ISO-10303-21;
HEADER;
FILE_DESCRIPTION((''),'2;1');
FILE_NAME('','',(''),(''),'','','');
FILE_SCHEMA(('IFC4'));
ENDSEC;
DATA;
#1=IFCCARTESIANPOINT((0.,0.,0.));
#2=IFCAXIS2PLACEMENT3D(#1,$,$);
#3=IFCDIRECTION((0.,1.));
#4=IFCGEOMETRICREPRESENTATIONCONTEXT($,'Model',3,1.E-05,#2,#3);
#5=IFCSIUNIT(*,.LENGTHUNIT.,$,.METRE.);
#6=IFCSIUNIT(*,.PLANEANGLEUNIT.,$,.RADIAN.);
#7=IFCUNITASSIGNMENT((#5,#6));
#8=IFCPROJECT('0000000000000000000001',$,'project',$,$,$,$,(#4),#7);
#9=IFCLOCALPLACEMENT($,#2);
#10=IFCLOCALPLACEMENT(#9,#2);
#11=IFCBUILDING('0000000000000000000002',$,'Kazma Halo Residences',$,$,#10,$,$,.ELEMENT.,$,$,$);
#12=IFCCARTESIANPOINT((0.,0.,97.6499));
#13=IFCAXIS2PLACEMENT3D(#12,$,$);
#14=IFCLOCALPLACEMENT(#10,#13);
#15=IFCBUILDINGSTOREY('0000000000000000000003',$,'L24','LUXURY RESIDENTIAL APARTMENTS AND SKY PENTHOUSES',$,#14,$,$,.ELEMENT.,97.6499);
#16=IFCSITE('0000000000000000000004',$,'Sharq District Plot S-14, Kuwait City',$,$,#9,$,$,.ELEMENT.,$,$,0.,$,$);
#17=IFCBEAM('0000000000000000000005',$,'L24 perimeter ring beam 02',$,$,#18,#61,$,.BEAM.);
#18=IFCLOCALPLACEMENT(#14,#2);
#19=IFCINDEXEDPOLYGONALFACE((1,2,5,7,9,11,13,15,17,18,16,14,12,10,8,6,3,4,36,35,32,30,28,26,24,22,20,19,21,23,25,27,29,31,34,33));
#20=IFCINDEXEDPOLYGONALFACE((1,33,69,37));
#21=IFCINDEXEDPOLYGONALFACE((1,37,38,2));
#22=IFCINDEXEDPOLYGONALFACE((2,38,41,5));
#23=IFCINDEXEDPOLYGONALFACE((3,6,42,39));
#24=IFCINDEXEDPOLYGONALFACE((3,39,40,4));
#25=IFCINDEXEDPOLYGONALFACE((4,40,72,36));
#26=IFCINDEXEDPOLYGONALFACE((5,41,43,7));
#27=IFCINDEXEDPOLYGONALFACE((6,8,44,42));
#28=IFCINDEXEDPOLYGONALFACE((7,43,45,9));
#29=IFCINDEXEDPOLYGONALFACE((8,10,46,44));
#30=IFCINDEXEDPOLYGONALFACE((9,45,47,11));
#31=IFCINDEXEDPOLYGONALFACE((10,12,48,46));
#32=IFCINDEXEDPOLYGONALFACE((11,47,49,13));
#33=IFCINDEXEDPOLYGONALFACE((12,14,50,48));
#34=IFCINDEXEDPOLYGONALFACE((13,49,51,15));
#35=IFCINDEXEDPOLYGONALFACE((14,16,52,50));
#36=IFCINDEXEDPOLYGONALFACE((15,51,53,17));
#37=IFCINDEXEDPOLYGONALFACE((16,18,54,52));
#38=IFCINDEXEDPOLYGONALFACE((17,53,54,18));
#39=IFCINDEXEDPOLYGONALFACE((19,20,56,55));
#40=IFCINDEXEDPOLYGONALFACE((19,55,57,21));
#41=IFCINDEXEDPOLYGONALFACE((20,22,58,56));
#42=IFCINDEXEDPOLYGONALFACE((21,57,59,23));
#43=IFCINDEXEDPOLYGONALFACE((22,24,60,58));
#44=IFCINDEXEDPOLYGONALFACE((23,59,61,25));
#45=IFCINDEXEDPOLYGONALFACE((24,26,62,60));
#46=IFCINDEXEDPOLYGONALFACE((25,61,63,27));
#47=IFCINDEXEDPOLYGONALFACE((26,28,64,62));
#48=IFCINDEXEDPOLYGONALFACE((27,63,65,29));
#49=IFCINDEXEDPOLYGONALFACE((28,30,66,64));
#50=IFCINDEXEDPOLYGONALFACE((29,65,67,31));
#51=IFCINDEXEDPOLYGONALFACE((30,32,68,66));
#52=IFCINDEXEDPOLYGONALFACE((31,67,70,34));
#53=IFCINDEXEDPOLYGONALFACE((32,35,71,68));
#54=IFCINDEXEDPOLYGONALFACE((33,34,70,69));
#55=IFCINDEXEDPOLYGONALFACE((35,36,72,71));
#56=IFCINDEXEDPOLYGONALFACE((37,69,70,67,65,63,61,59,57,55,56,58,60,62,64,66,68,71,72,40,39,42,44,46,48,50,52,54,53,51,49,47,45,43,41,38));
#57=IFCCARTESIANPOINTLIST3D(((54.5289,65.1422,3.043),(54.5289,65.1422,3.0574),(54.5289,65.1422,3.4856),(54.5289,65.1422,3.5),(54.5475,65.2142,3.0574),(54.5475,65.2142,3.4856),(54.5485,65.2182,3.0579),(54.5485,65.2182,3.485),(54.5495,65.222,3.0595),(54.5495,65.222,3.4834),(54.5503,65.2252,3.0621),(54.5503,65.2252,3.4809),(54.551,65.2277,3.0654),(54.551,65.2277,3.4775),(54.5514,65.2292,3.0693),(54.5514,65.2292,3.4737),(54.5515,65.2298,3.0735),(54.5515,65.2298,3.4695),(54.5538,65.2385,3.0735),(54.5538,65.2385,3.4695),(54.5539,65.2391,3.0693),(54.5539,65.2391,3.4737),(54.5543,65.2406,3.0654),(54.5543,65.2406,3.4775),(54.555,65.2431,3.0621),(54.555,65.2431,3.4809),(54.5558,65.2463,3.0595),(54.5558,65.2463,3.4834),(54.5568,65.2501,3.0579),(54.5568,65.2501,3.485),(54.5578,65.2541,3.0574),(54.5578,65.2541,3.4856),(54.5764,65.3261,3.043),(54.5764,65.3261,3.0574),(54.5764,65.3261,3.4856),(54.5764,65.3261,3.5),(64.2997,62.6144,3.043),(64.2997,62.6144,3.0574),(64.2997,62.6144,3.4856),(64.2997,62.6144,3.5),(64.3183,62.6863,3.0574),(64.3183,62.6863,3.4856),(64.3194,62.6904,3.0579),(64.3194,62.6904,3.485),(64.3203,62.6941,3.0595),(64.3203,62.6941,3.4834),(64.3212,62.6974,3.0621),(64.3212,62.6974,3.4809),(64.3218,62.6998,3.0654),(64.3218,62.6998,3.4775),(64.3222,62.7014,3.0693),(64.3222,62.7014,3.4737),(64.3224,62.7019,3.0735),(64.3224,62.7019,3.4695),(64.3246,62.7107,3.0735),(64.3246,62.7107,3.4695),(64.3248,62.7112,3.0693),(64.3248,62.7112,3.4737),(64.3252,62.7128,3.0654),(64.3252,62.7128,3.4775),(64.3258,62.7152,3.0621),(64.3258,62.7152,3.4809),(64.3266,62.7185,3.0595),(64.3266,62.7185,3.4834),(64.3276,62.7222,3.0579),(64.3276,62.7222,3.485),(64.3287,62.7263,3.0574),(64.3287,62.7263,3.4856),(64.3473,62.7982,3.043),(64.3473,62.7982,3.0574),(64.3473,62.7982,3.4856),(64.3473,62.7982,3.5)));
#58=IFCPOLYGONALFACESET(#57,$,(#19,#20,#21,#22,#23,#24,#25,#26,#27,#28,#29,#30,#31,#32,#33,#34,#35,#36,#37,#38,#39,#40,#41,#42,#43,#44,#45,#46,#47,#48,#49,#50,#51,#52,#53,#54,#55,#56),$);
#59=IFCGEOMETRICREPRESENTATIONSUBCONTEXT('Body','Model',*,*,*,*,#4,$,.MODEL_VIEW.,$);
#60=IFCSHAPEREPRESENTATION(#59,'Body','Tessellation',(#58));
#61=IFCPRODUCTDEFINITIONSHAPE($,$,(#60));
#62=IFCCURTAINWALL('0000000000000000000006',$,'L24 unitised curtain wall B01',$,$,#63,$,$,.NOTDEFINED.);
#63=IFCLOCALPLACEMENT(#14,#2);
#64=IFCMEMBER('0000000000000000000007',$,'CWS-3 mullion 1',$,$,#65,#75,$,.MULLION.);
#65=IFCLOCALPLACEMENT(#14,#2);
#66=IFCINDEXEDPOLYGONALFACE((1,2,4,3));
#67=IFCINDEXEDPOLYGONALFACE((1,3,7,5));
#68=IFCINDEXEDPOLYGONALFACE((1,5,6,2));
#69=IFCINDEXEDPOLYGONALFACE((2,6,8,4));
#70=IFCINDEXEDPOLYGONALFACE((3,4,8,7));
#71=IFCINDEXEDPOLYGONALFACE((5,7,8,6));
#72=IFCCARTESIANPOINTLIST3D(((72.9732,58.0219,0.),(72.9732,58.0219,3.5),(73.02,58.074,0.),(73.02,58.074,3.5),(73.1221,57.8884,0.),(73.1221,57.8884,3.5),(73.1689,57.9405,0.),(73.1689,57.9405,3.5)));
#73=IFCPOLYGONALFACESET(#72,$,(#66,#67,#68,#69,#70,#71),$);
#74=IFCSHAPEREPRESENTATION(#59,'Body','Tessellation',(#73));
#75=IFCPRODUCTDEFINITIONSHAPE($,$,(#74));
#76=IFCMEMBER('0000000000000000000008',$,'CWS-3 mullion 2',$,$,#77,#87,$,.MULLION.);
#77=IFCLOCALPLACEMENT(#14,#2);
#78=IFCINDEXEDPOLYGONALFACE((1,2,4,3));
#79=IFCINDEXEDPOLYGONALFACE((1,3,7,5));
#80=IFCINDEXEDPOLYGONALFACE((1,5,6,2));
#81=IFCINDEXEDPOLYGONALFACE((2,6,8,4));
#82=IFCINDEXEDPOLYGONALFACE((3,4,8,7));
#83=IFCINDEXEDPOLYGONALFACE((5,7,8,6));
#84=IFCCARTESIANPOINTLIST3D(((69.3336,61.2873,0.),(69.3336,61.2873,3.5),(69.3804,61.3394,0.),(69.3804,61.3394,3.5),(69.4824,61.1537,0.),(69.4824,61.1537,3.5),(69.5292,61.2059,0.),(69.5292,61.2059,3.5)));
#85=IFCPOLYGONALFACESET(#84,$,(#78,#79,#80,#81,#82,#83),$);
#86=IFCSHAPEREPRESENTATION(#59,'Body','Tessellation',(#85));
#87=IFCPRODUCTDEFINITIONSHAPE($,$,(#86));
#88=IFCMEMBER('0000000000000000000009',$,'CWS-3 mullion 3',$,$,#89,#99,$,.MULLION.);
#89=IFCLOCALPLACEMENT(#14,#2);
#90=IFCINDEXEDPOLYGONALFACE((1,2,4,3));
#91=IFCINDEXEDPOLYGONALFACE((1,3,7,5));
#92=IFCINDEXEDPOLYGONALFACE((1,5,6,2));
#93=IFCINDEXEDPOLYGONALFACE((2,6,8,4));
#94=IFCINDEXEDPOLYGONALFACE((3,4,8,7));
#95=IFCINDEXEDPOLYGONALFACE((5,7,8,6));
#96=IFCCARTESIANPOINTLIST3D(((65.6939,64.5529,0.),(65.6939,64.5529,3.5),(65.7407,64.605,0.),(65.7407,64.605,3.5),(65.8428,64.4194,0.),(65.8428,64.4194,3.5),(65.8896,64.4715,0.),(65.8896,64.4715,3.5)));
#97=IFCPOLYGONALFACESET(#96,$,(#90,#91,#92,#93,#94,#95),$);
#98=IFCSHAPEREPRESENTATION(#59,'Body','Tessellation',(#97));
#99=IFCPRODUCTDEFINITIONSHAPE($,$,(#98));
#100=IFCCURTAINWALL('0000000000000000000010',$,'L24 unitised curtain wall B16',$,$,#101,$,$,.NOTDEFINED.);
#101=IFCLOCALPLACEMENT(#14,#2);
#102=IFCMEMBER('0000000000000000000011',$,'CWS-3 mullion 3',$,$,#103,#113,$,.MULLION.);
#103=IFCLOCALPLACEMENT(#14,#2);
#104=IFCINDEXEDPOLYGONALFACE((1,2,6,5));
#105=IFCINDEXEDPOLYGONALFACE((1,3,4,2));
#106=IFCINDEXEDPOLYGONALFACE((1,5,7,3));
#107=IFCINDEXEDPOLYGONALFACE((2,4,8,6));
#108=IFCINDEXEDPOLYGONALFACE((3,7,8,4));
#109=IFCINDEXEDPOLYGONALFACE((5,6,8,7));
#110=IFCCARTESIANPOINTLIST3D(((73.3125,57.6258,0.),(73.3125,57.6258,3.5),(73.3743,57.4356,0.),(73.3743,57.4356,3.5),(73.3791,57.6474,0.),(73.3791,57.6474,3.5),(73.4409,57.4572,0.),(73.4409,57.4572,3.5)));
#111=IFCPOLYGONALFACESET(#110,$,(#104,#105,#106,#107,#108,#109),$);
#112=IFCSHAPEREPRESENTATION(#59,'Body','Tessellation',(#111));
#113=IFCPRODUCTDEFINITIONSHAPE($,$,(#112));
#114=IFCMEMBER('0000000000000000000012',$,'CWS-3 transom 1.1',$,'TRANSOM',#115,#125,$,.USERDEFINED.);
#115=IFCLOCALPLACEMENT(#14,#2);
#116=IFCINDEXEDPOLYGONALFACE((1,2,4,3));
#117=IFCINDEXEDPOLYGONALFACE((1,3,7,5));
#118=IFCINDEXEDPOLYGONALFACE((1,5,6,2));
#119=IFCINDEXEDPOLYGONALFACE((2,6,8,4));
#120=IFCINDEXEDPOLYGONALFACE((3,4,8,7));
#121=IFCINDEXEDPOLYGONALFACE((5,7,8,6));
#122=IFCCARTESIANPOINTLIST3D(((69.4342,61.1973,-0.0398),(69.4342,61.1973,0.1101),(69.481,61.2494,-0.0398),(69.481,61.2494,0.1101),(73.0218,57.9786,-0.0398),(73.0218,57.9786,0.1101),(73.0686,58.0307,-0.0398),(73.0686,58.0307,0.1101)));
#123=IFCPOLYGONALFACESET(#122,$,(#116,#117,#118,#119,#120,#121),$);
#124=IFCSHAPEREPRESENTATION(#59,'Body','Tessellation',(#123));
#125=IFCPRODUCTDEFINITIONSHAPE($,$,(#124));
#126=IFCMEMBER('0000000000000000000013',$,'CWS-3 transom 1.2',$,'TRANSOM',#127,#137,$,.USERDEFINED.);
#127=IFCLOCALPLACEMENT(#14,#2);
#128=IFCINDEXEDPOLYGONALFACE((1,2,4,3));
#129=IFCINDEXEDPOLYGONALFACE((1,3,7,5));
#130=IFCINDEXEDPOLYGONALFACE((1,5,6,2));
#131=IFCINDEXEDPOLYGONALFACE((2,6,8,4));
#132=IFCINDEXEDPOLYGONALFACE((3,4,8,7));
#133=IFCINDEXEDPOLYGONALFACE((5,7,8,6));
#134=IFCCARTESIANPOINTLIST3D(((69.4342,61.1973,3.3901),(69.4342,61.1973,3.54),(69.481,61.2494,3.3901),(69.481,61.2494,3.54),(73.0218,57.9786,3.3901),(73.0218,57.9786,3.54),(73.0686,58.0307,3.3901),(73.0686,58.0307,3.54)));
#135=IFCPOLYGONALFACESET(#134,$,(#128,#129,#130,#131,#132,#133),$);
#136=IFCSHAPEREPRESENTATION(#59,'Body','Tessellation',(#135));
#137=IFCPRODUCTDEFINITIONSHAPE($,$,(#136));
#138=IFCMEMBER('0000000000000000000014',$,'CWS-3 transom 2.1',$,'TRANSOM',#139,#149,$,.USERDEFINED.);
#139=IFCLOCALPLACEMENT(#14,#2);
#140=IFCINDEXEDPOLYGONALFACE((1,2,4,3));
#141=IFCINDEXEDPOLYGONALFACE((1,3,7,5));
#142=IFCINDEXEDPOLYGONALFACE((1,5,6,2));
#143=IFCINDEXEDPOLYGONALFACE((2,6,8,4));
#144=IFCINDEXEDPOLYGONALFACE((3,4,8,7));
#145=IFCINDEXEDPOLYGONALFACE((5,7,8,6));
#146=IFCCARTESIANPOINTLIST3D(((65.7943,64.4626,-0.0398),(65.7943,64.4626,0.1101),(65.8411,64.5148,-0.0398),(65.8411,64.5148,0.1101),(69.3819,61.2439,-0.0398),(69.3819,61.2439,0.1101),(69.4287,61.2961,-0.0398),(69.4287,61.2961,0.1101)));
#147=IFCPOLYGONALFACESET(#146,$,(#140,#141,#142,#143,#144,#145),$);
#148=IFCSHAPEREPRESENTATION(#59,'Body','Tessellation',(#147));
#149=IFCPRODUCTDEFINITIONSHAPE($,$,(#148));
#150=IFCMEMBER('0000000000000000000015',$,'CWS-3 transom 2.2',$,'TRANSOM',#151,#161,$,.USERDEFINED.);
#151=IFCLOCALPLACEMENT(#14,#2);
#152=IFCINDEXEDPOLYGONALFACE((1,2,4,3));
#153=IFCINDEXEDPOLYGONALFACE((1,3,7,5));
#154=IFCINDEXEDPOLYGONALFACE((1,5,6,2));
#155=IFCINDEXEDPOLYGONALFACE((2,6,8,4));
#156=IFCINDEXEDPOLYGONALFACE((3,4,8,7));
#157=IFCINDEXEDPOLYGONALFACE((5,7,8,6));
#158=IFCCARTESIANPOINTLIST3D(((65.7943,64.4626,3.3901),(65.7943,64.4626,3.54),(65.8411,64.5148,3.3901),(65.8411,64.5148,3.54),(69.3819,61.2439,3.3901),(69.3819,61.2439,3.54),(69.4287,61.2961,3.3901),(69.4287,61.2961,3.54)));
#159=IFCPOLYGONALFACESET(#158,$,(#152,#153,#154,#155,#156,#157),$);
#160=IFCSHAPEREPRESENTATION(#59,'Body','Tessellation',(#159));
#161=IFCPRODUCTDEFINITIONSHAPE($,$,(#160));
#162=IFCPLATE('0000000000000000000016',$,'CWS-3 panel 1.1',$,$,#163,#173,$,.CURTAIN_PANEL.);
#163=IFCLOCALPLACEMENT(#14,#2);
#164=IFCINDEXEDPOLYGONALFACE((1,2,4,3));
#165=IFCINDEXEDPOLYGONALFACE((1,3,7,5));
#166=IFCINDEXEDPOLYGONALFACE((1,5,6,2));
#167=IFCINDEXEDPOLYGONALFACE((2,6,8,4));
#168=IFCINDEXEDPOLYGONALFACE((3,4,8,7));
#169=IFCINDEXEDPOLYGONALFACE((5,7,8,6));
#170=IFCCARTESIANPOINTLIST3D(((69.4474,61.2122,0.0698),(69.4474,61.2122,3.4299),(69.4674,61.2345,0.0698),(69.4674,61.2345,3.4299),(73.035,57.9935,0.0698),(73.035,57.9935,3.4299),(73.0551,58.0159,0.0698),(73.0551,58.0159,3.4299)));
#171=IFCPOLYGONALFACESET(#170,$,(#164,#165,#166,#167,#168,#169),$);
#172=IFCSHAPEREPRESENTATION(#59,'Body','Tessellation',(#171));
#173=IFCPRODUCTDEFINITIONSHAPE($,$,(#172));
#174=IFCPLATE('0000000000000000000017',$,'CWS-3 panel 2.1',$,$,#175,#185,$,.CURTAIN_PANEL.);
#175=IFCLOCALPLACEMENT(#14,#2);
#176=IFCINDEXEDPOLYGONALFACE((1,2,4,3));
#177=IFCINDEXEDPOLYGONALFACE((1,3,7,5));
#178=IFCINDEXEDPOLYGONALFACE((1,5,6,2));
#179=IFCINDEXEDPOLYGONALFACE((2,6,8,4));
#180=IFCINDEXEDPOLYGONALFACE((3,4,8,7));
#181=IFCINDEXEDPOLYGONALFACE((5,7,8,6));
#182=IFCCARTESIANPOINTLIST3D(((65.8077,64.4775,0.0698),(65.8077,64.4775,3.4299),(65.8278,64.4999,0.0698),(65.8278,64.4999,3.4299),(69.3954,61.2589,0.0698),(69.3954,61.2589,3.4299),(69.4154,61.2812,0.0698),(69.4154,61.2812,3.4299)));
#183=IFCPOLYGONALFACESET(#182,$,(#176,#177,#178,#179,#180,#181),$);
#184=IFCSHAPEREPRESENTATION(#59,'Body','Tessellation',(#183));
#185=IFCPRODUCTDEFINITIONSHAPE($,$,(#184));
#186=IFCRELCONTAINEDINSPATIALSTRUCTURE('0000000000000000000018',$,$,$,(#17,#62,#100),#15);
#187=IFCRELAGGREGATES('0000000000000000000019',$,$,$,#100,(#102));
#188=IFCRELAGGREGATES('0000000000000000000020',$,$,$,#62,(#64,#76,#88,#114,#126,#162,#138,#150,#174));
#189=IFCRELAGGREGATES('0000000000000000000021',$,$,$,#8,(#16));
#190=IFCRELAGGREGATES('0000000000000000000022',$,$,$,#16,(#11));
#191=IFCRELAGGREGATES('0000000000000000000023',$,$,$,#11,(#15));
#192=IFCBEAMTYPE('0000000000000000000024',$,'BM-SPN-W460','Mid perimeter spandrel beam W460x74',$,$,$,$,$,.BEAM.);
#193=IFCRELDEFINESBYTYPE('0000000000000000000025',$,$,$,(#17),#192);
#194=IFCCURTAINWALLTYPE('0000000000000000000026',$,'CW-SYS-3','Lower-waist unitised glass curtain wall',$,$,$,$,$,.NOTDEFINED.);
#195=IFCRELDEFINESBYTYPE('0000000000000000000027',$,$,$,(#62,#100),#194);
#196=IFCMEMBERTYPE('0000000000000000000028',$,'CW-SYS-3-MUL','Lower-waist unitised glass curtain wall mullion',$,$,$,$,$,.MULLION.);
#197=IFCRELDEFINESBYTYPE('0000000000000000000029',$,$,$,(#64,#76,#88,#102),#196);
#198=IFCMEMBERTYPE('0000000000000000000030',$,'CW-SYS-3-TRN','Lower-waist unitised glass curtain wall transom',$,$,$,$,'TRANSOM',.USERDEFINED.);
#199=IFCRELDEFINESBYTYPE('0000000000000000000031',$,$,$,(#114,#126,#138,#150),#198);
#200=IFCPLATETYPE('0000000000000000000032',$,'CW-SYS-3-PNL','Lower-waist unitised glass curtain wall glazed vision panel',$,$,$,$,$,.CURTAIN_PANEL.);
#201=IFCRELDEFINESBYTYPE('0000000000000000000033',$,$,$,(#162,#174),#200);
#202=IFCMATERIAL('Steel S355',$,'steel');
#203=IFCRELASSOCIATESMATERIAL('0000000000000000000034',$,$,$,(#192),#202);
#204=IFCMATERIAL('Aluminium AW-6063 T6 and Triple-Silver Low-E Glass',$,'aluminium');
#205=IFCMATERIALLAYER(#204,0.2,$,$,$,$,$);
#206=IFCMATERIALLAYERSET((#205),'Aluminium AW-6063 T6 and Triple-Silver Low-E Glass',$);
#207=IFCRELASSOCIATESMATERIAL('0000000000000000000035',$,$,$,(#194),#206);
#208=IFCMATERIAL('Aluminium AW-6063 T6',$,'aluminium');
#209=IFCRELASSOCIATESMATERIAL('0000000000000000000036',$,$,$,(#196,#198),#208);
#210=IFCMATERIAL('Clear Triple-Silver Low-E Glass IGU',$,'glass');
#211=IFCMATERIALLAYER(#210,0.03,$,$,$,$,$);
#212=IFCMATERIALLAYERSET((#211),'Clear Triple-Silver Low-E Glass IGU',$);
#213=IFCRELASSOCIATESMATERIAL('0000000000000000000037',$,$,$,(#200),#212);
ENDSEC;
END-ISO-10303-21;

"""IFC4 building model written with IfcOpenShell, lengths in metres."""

from ifc_helpers import new_model, si_unit, direction, frame, origin, origin_2d, place, context, subcontext, project, spatial, rectangle, i_section, extrude, material, layer, layer_set, material_profile, profile_set, type_object, element, aggregate, save


model = new_model("IFC4")

# Units and contexts
model_context = context("Model", 3, precision=1e-05, world=origin(), true_north=direction((0.0, 1.0)))
body_context = subcontext(model_context, "Body", "Model", "MODEL_VIEW")
ifc_project = project(units=[si_unit("LENGTHUNIT", "METRE"), si_unit("PLANEANGLEUNIT", "RADIAN")], contexts=[model_context])

# Site, building, storey
site_placement = place(None, origin())
site = spatial("IfcSite", under=ifc_project, at=site_placement, Name="Sharq District Plot S-14, Kuwait City", CompositionType="ELEMENT", RefElevation=0.0)
building_placement = place(site_placement, origin())
building = spatial("IfcBuilding", under=site, at=building_placement, Name="Kazma Halo Residences", CompositionType="ELEMENT")
storey_placement = place(building_placement, frame((0.0, 0.0, 97.6499)))
storey = spatial("IfcBuildingStorey", under=building, at=storey_placement, Name="L24", Description="LUXURY RESIDENTIAL APARTMENTS AND SKY PENTHOUSES", CompositionType="ELEMENT", Elevation=97.6499)

# Beam
ifc_material_1 = material(Name="Steel S355", Category="steel")
ifc_material_profile_1 = material_profile(ifc_material_1, i_section(OverallWidth=0.1899, OverallDepth=0.457, WebThickness=0.009, FlangeThickness=0.0144, FilletRadius=0.0161, at=origin_2d()), Name="W460x74")
ifc_profile_set_1 = profile_set([ifc_material_profile_1], Name="Steel S355")
beam_type_1 = type_object("IfcBeamType", Name="BM-SPN-W460", Description="Mid perimeter spandrel beam W460x74", PredefinedType="BEAM", material=ifc_profile_set_1)
beam_1_placement = place(storey_placement, frame((64.3235, 62.7063, 3.2715), z_axis=(-0.968125, 0.250468, 0.0), x_axis=(-0.250468, -0.968125, 0.0)))
element("IfcBeam", 1, at=beam_1_placement, inside=storey, type_object=beam_type_1, Name="L24 perimeter ring beam 02", PredefinedType="BEAM", context=body_context, shape_type="SweptSolid", body=[
    extrude(i_section(OverallWidth=0.1899, OverallDepth=0.457, WebThickness=0.009, FlangeThickness=0.0144, FilletRadius=0.0161, at=origin_2d()), origin(), (0.0, 0.0, 1.0), 10.0925),
])

# Curtain wall, members
ifc_material_2 = material(Name="Aluminium AW-6063 T6 and Triple-Silver Low-E Glass", Category="aluminium")
ifc_layer_1 = layer(ifc_material_2, 0.2)
ifc_layer_set_1 = layer_set([ifc_layer_1], Name="Aluminium AW-6063 T6 and Triple-Silver Low-E Glass")
curtain_wall_type = type_object("IfcCurtainWallType", Name="CW-SYS-3", Description="Lower-waist unitised glass curtain wall", PredefinedType="NOTDEFINED", material=ifc_layer_set_1)
curtain_wall_1_placement = place(storey_placement, origin())
curtain_wall_1 = element("IfcCurtainWall", 2, at=curtain_wall_1_placement, inside=storey, type_object=curtain_wall_type, Name="L24 unitised curtain wall B01", PredefinedType="NOTDEFINED")
ifc_material_3 = material(Name="Aluminium AW-6063 T6", Category="aluminium")
ifc_material_profile_2 = material_profile(ifc_material_3, rectangle(XDim=0.0701, YDim=0.2, at=origin_2d()), Name="CWM-70x200")
ifc_profile_set_2 = profile_set([ifc_material_profile_2], Name="Aluminium AW-6063 T6")
member_type_1 = type_object("IfcMemberType", Name="CW-SYS-3-MUL", Description="Lower-waist unitised glass curtain wall mullion", PredefinedType="MULLION", material=ifc_profile_set_2)
member_1_placement = place(storey_placement, frame((73.071, 57.9812, 0.0), z_axis=(0.0, 0.0, 1.0), x_axis=(-0.667795, -0.744345, 0.0)))
member_1 = element("IfcMember", 3, at=member_1_placement, type_object=member_type_1, Name="CWS-3 mullion 1", PredefinedType="MULLION", context=body_context, shape_type="SweptSolid", body=[
    extrude(rectangle(XDim=0.0701, YDim=0.2, at=origin_2d()), origin(), (0.0, 0.0, 1.0), 3.5),
])
member_2_placement = place(storey_placement, frame((69.4314, 61.2466, 0.0), z_axis=(0.0, 0.0, 1.0), x_axis=(-0.667795, -0.744345, 0.0)))
member_2 = element("IfcMember", 4, at=member_2_placement, type_object=member_type_1, Name="CWS-3 mullion 2", PredefinedType="MULLION", context=body_context, shape_type="SweptSolid", body=[
    extrude(rectangle(XDim=0.0701, YDim=0.2, at=origin_2d()), origin(), (0.0, 0.0, 1.0), 3.5),
])
member_3_placement = place(storey_placement, frame((65.7917, 64.5122, 0.0), z_axis=(0.0, 0.0, 1.0), x_axis=(-0.667795, -0.744345, 0.0)))
member_3 = element("IfcMember", 5, at=member_3_placement, type_object=member_type_1, Name="CWS-3 mullion 3", PredefinedType="MULLION", context=body_context, shape_type="SweptSolid", body=[
    extrude(rectangle(XDim=0.0701, YDim=0.2, at=origin_2d()), origin(), (0.0, 0.0, 1.0), 3.5),
])

# Curtain wall, member
curtain_wall_2_placement = place(storey_placement, origin())
curtain_wall_2 = element("IfcCurtainWall", 6, at=curtain_wall_2_placement, inside=storey, type_object=curtain_wall_type, Name="L24 unitised curtain wall B16", PredefinedType="NOTDEFINED")
member_4_placement = place(storey_placement, frame((73.3767, 57.5415, 0.0), z_axis=(0.0, 0.0, 1.0), x_axis=(-0.951058, -0.309013, 0.0)))
member_4 = element("IfcMember", 7, at=member_4_placement, type_object=member_type_1, Name="CWS-3 mullion 3", PredefinedType="MULLION", context=body_context, shape_type="SweptSolid", body=[
    extrude(rectangle(XDim=0.0701, YDim=0.2, at=origin_2d()), origin(), (0.0, 0.0, 1.0), 3.5),
])
aggregate(curtain_wall_2, [member_4])

# Members
ifc_material_profile_3 = material_profile(ifc_material_3, rectangle(XDim=0.0701, YDim=0.1499, at=origin_2d()), Name="CWT-70x150")
ifc_profile_set_3 = profile_set([ifc_material_profile_3], Name="Aluminium AW-6063 T6")
member_type_2 = type_object("IfcMemberType", Name="CW-SYS-3-TRN", Description="Lower-waist unitised glass curtain wall transom", ElementType="TRANSOM", PredefinedType="USERDEFINED", material=ifc_profile_set_3)
member_5_placement = place(storey_placement, frame((73.0452, 58.0046, 0.0352), z_axis=(-0.744338, 0.667803, 0.0), x_axis=(-0.667803, -0.744338, 0.0)))
member_5 = element("IfcMember", 8, at=member_5_placement, type_object=member_type_2, Name="CWS-3 transom 1.1", ObjectType="TRANSOM", PredefinedType="USERDEFINED", context=body_context, shape_type="SweptSolid", body=[
    extrude(rectangle(XDim=0.0701, YDim=0.1499, at=origin_2d()), origin(), (0.0, 0.0, 1.0), 4.8198),
])
member_6_placement = place(storey_placement, frame((73.0452, 58.0046, 3.4651), z_axis=(-0.744338, 0.667803, 0.0), x_axis=(-0.667803, -0.744338, 0.0)))
member_6 = element("IfcMember", 9, at=member_6_placement, type_object=member_type_2, Name="CWS-3 transom 1.2", ObjectType="TRANSOM", PredefinedType="USERDEFINED", context=body_context, shape_type="SweptSolid", body=[
    extrude(rectangle(XDim=0.0701, YDim=0.1499, at=origin_2d()), origin(), (0.0, 0.0, 1.0), 4.8198),
])
member_7_placement = place(storey_placement, frame((69.4053, 61.27, 0.0352), z_axis=(-0.744338, 0.667803, 0.0), x_axis=(-0.667803, -0.744338, 0.0)))
member_7 = element("IfcMember", 10, at=member_7_placement, type_object=member_type_2, Name="CWS-3 transom 2.1", ObjectType="TRANSOM", PredefinedType="USERDEFINED", context=body_context, shape_type="SweptSolid", body=[
    extrude(rectangle(XDim=0.0701, YDim=0.1499, at=origin_2d()), origin(), (0.0, 0.0, 1.0), 4.8198),
])
member_8_placement = place(storey_placement, frame((69.4053, 61.27, 3.4651), z_axis=(-0.744338, 0.667803, 0.0), x_axis=(-0.667803, -0.744338, 0.0)))
member_8 = element("IfcMember", 11, at=member_8_placement, type_object=member_type_2, Name="CWS-3 transom 2.2", ObjectType="TRANSOM", PredefinedType="USERDEFINED", context=body_context, shape_type="SweptSolid", body=[
    extrude(rectangle(XDim=0.0701, YDim=0.1499, at=origin_2d()), origin(), (0.0, 0.0, 1.0), 4.8198),
])

# Plates
ifc_material_4 = material(Name="Clear Triple-Silver Low-E Glass IGU", Category="glass")
ifc_layer_2 = layer(ifc_material_4, 0.03)
ifc_layer_set_2 = layer_set([ifc_layer_2], Name="Clear Triple-Silver Low-E Glass IGU")
plate_type = type_object("IfcPlateType", Name="CW-SYS-3-PNL", Description="Lower-waist unitised glass curtain wall glazed vision panel", PredefinedType="CURTAIN_PANEL", material=ifc_layer_set_2)
plate_1_placement = place(storey_placement, frame((71.2512, 59.614, 0.0698), z_axis=(0.0, 0.0, 1.0), x_axis=(-0.744345, 0.667795, 0.0)))
plate_1 = element("IfcPlate", 12, at=plate_1_placement, type_object=plate_type, Name="CWS-3 panel 1.1", PredefinedType="CURTAIN_PANEL", context=body_context, shape_type="SweptSolid", body=[
    extrude(rectangle(XDim=4.8198, YDim=0.03, at=origin_2d()), origin(), (0.0, 0.0, 1.0), 3.3601),
])
plate_2_placement = place(storey_placement, frame((67.6116, 62.8794, 0.0698), z_axis=(0.0, 0.0, 1.0), x_axis=(-0.744345, 0.667795, 0.0)))
plate_2 = element("IfcPlate", 13, at=plate_2_placement, type_object=plate_type, Name="CWS-3 panel 2.1", PredefinedType="CURTAIN_PANEL", context=body_context, shape_type="SweptSolid", body=[
    extrude(rectangle(XDim=4.8198, YDim=0.03, at=origin_2d()), origin(), (0.0, 0.0, 1.0), 3.3601),
])
aggregate(curtain_wall_1, [member_1, member_2, member_3, member_5, member_6, plate_1, member_7, member_8, plate_2])

save(model, "model.ifc")
